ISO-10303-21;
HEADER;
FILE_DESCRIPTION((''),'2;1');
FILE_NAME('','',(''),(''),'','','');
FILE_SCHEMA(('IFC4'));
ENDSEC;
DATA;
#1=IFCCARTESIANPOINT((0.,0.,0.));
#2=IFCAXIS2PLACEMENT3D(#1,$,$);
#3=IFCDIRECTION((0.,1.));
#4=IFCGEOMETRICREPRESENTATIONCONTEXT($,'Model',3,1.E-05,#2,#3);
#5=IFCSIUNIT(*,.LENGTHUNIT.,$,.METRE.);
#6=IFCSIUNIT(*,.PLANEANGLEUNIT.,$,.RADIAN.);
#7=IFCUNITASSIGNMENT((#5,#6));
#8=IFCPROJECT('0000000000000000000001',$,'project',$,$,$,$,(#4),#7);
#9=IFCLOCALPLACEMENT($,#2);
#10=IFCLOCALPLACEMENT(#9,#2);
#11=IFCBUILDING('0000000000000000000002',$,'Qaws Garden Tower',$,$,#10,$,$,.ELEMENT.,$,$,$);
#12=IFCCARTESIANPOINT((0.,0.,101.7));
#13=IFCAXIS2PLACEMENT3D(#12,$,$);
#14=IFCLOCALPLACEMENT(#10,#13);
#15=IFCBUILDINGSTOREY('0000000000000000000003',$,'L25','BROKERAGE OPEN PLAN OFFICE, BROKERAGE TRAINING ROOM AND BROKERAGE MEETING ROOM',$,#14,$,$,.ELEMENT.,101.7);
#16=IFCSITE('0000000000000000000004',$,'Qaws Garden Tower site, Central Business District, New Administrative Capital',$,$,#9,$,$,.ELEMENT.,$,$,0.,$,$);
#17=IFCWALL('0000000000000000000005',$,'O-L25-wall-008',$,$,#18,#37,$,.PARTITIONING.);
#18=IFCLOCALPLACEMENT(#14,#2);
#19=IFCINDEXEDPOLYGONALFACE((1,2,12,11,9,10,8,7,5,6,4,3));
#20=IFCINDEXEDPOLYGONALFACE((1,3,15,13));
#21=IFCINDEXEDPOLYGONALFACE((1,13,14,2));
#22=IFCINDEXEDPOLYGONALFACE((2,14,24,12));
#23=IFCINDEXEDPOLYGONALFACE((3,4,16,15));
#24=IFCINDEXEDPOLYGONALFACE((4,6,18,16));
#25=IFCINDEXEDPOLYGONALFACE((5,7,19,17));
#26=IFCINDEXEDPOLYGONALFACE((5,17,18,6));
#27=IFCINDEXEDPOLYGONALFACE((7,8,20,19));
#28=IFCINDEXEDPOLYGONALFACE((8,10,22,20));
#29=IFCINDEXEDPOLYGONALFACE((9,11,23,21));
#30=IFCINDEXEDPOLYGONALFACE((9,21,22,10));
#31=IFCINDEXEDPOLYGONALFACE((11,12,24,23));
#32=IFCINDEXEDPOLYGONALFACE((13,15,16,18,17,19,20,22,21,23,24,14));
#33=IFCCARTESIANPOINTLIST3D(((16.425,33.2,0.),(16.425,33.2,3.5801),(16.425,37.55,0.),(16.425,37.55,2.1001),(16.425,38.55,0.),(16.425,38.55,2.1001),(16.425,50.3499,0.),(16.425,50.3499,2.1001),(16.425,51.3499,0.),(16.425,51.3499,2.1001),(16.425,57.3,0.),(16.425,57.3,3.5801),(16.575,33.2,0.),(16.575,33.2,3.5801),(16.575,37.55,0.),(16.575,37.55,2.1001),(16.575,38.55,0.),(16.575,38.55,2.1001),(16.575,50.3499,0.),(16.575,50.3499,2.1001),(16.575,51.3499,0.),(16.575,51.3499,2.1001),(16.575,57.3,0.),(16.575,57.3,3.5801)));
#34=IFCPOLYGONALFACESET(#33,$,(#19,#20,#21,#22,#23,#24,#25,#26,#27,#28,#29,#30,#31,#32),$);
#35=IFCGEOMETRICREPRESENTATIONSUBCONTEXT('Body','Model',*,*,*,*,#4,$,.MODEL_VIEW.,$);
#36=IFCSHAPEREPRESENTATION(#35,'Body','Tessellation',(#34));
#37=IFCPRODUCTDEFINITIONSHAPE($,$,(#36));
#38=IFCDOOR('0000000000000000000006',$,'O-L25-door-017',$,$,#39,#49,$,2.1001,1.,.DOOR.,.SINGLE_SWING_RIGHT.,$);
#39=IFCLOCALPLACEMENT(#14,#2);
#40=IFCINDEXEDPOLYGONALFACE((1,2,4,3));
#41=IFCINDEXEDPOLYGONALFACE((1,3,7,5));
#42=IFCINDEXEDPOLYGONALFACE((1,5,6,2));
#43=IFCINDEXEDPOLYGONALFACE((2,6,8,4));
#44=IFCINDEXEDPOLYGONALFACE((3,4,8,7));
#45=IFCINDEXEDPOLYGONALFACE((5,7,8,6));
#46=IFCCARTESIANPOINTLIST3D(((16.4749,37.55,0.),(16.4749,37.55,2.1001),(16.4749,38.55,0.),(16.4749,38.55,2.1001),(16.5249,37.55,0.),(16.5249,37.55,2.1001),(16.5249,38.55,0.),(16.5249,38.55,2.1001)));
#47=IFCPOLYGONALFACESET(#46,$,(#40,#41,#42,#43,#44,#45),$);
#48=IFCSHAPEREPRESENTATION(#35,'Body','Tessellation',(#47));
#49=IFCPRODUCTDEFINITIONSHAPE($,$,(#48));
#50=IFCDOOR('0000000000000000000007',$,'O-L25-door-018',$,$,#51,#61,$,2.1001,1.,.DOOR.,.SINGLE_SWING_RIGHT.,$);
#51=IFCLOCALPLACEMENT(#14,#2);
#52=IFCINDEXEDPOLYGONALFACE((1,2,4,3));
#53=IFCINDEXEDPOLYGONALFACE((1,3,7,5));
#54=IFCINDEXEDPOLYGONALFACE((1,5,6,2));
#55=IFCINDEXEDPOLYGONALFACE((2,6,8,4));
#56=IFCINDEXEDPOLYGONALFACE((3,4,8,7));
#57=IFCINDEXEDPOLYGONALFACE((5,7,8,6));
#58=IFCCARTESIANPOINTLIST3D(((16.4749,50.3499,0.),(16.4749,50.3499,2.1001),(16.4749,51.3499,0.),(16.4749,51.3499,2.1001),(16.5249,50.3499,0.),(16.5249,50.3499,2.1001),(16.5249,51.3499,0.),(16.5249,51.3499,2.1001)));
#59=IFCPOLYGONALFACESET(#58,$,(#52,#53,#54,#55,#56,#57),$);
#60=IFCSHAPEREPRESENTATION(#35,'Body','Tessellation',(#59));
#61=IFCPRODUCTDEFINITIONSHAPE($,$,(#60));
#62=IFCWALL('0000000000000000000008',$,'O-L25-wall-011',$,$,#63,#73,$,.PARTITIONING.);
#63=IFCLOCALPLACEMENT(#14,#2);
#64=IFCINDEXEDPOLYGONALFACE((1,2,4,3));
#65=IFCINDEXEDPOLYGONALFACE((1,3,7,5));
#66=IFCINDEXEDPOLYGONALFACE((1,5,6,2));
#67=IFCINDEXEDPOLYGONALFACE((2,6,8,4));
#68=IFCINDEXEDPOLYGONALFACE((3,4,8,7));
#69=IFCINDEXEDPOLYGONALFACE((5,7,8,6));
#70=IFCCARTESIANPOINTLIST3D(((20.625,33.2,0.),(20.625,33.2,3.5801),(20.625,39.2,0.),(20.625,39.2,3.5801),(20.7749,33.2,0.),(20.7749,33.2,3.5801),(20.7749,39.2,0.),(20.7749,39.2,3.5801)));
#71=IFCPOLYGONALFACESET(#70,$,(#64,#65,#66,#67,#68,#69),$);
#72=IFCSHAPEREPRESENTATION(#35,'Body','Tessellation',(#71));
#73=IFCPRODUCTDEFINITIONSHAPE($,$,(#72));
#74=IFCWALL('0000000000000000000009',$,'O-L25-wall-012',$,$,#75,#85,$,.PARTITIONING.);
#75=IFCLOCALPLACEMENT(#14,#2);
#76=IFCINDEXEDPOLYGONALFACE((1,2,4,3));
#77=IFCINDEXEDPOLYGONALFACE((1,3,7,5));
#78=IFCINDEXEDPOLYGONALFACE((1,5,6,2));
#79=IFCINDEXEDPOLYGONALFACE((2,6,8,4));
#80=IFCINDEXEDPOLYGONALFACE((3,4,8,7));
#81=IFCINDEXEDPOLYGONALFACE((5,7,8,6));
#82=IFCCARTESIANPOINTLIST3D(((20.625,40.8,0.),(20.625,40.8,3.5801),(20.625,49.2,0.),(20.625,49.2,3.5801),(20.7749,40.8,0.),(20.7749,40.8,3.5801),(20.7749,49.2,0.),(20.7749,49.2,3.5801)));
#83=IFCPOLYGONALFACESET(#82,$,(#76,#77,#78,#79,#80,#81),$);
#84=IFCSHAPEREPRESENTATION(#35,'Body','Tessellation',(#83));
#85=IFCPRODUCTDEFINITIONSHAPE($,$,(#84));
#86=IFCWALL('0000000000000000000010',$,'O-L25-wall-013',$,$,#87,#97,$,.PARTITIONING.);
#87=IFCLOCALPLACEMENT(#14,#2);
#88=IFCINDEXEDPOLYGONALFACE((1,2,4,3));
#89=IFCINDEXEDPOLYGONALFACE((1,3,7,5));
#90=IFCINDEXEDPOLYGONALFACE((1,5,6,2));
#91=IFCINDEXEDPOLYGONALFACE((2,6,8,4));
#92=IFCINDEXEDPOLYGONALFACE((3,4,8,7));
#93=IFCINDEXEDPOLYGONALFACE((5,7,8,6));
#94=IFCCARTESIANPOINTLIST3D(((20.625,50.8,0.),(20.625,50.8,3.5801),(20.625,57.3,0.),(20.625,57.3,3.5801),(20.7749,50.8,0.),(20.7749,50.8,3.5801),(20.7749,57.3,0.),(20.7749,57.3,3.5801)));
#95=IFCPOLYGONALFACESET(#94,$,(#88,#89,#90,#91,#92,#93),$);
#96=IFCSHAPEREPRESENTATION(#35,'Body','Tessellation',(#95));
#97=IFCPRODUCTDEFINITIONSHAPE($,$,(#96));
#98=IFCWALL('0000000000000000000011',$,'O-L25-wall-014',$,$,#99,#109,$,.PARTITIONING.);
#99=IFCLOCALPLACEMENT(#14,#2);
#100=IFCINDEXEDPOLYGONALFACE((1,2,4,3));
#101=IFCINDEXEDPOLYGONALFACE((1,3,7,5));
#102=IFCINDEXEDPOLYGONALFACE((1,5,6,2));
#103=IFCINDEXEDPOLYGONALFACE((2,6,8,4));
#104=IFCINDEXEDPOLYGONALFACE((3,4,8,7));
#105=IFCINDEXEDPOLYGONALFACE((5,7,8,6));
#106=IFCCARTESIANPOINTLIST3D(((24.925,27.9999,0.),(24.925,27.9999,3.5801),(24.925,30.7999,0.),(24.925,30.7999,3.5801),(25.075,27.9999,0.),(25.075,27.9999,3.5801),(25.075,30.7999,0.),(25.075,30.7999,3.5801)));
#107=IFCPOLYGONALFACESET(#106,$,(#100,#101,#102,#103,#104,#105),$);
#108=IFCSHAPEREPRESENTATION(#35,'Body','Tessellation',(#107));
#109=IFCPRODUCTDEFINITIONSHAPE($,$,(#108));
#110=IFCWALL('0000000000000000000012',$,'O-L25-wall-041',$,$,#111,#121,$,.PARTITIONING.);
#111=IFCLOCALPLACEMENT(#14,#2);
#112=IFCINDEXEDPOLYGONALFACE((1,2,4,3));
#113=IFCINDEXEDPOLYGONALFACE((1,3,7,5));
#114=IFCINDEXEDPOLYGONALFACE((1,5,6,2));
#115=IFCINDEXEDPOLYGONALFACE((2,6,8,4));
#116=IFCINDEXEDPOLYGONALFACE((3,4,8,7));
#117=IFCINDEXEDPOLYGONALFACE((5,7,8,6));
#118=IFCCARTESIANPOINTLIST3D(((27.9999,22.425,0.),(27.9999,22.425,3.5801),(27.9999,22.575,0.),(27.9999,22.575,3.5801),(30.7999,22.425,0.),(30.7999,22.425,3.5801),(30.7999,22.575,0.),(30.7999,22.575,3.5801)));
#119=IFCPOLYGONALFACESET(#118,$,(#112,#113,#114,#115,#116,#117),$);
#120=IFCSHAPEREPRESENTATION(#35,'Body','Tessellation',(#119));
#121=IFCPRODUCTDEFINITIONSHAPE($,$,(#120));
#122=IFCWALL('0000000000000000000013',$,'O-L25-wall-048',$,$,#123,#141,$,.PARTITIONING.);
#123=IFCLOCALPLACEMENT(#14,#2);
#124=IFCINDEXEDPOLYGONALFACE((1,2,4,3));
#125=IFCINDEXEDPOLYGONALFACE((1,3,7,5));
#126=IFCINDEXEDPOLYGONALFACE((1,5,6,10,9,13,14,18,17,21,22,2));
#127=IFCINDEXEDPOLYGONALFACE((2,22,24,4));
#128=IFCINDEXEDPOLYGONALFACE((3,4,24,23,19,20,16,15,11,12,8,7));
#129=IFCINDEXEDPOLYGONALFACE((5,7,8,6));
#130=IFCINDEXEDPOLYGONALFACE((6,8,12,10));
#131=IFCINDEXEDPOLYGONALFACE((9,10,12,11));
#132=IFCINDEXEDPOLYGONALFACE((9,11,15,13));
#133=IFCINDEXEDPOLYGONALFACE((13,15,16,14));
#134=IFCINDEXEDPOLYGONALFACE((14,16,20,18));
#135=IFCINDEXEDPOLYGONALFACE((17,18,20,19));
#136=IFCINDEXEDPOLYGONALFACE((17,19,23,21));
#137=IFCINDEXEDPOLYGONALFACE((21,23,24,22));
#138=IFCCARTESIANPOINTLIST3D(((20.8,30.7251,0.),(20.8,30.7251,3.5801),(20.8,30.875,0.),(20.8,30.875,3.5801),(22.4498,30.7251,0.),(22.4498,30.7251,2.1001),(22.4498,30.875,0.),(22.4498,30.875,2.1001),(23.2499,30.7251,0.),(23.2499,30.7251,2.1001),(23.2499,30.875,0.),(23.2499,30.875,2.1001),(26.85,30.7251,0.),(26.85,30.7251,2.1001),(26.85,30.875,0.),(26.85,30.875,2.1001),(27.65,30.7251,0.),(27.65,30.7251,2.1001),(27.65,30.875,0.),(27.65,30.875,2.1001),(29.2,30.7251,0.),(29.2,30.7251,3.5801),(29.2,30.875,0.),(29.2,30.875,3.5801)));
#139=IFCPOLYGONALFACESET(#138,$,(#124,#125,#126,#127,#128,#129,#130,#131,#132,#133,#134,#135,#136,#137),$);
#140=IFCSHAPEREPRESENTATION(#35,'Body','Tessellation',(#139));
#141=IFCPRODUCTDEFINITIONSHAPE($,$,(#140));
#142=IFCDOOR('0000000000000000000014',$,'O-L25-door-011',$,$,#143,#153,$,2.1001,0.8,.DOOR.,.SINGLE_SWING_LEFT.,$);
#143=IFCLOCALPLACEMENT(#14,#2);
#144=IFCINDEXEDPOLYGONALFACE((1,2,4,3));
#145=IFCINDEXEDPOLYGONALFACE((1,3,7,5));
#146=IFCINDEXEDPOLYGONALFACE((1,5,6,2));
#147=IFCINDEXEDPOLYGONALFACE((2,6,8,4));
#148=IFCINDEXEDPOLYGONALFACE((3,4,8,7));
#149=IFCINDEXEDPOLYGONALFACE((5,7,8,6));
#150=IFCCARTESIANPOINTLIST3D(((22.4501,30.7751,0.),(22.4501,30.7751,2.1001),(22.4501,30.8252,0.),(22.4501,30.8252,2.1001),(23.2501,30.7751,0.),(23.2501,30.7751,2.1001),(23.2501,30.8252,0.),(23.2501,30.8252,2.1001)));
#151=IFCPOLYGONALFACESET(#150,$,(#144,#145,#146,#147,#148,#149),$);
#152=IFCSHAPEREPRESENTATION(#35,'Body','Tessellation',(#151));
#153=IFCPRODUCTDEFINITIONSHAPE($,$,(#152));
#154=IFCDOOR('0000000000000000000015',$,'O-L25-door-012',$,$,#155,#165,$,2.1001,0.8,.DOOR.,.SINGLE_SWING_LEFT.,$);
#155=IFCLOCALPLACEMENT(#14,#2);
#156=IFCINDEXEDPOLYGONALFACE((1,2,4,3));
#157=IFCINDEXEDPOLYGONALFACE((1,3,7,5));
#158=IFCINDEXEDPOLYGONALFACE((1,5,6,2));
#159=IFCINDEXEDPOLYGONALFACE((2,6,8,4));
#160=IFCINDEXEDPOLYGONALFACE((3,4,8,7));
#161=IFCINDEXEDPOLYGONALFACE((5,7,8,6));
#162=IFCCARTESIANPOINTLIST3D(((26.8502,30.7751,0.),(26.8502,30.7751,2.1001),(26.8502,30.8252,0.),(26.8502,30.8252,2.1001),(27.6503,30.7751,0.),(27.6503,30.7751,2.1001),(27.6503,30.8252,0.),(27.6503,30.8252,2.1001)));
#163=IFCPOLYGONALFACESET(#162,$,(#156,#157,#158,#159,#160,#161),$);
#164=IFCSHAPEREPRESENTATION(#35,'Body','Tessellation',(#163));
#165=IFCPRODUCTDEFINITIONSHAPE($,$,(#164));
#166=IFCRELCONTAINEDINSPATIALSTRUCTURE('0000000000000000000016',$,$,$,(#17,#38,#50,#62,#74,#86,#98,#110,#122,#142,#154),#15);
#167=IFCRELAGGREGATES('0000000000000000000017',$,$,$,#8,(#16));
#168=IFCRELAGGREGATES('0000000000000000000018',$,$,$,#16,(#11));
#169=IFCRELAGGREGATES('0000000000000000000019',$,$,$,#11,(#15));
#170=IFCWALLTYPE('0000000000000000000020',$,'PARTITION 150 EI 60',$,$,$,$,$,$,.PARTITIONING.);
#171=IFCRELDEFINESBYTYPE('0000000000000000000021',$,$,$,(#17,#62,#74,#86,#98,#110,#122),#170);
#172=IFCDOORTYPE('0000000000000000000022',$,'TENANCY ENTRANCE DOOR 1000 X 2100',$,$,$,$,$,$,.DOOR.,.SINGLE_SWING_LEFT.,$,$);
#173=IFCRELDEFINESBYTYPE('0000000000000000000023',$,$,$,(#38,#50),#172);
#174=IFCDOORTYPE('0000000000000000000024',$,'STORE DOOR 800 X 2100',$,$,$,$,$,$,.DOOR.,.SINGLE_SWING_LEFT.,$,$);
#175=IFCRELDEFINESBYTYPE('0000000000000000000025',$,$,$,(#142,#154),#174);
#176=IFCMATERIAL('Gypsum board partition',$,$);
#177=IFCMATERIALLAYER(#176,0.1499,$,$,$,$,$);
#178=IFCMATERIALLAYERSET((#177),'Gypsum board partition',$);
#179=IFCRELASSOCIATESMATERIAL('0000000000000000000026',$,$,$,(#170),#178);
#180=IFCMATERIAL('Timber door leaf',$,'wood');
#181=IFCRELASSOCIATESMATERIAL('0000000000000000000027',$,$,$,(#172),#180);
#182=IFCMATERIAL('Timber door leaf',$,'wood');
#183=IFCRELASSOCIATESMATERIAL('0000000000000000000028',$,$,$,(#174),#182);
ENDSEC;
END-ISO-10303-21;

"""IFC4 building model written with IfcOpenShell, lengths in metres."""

from ifc_helpers import new_model, si_unit, direction, frame, frame_2d, origin, place, context, subcontext, project, spatial, rectangle, extrude, material, layer, layer_set, type_object, element, fill, save


model = new_model("IFC4")

# Units and contexts
model_context = context("Model", 3, precision=1e-05, world=origin(), true_north=direction((0.0, 1.0)))
body_context = subcontext(model_context, "Body", "Model", "MODEL_VIEW")
ifc_project = project(units=[si_unit("LENGTHUNIT", "METRE"), si_unit("PLANEANGLEUNIT", "RADIAN")], contexts=[model_context])

# Site, building, storey
site_placement = place(None, origin())
site = spatial("IfcSite", under=ifc_project, at=site_placement, Name="Qaws Garden Tower site, Central Business District, New Administrative Capital", CompositionType="ELEMENT", RefElevation=0.0)
building_placement = place(site_placement, origin())
building = spatial("IfcBuilding", under=site, at=building_placement, Name="Qaws Garden Tower", CompositionType="ELEMENT")
storey_placement = place(building_placement, frame((0.0, 0.0, 101.7)))
storey = spatial("IfcBuildingStorey", under=building, at=storey_placement, Name="L25", Description="BROKERAGE OPEN PLAN OFFICE, BROKERAGE TRAINING ROOM AND BROKERAGE MEETING ROOM", CompositionType="ELEMENT", Elevation=101.7)

# Wall, openings, doors
ifc_material_1 = material(Name="Gypsum board partition")
ifc_layer_1 = layer(ifc_material_1, 0.1499)
ifc_layer_set_1 = layer_set([ifc_layer_1], Name="Gypsum board partition")
wall_type_1 = type_object("IfcWallType", Name="PARTITION 150 EI 60", PredefinedType="PARTITIONING", material=ifc_layer_set_1)
wall_1_placement = place(storey_placement, frame((16.5, 33.2, 0.0), z_axis=(0.0, 0.0, 1.0), x_axis=(0.0, 1.0, 0.0)))
wall_1 = element("IfcWall", 1, at=wall_1_placement, inside=storey, type_object=wall_type_1, Name="O-L25-wall-008", PredefinedType="PARTITIONING", context=body_context, shape_type="SweptSolid", body=[
    extrude(rectangle(XDim=24.1001, YDim=0.1499, at=frame_2d((12.05, 0.0))), origin(), (0.0, 0.0, 1.0), 3.5801),
])
opening_1_placement = place(wall_1_placement, frame((4.3501, 0.0, 0.0)))
opening_1 = element("IfcOpeningElement", 2, at=opening_1_placement, cuts=wall_1, PredefinedType="OPENING", context=body_context, shape_type="SweptSolid", body=[
    extrude(rectangle(XDim=1.0, YDim=2.1001, at=frame_2d((0.5, 1.05))), frame((0.0, 0.085, 0.0), z_axis=(0.0, -1.0, 0.0), x_axis=(1.0, 0.0, 0.0)), (0.0, 0.0, 1.0), 0.1699),
])
opening_2_placement = place(wall_1_placement, frame((17.1499, 0.0, 0.0)))
opening_2 = element("IfcOpeningElement", 3, at=opening_2_placement, cuts=wall_1, PredefinedType="OPENING", context=body_context, shape_type="SweptSolid", body=[
    extrude(rectangle(XDim=1.0, YDim=2.1001, at=frame_2d((0.5, 1.05))), frame((0.0, 0.085, 0.0), z_axis=(0.0, -1.0, 0.0), x_axis=(1.0, 0.0, 0.0)), (0.0, 0.0, 1.0), 0.1699),
])
ifc_material_2 = material(Name="Timber door leaf", Category="wood")
door_type_1 = type_object("IfcDoorType", Name="TENANCY ENTRANCE DOOR 1000 X 2100", OperationType="SINGLE_SWING_LEFT", PredefinedType="DOOR", material=ifc_material_2)
door_1_placement = place(opening_1_placement, frame((1.0, 0.0, 0.0), z_axis=(0.0, 0.0, 1.0), x_axis=(-1.0, 0.0, 0.0)))
door_1 = element("IfcDoor", 4, at=door_1_placement, inside=storey, type_object=door_type_1, Name="O-L25-door-017", OperationType="SINGLE_SWING_RIGHT", OverallHeight=2.1001, OverallWidth=1.0, PredefinedType="DOOR", context=body_context, shape_type="SweptSolid", body=[
    extrude(rectangle(XDim=1.0, YDim=2.1001, at=frame_2d((0.5, 1.05))), frame((0.0, 0.0249, 0.0), z_axis=(0.0, -1.0, 0.0), x_axis=(1.0, 0.0, 0.0)), (0.0, 0.0, 1.0), 0.05),
])
fill(opening_1, door_1)
door_2_placement = place(opening_2_placement, frame((1.0, 0.0, 0.0), z_axis=(0.0, 0.0, 1.0), x_axis=(-1.0, 0.0, 0.0)))
door_2 = element("IfcDoor", 5, at=door_2_placement, inside=storey, type_object=door_type_1, Name="O-L25-door-018", OperationType="SINGLE_SWING_RIGHT", OverallHeight=2.1001, OverallWidth=1.0, PredefinedType="DOOR", context=body_context, shape_type="SweptSolid", body=[
    extrude(rectangle(XDim=1.0, YDim=2.1001, at=frame_2d((0.5, 1.05))), frame((0.0, 0.0249, 0.0), z_axis=(0.0, -1.0, 0.0), x_axis=(1.0, 0.0, 0.0)), (0.0, 0.0, 1.0), 0.05),
])
fill(opening_2, door_2)

# Walls
wall_2_placement = place(storey_placement, frame((20.7, 33.2, 0.0), z_axis=(0.0, 0.0, 1.0), x_axis=(0.0, 1.0, 0.0)))
element("IfcWall", 6, at=wall_2_placement, inside=storey, type_object=wall_type_1, Name="O-L25-wall-011", PredefinedType="PARTITIONING", context=body_context, shape_type="SweptSolid", body=[
    extrude(rectangle(XDim=6.0, YDim=0.1499, at=frame_2d((3.0, 0.0))), origin(), (0.0, 0.0, 1.0), 3.5801),
])
wall_3_placement = place(storey_placement, frame((20.7, 40.8, 0.0), z_axis=(0.0, 0.0, 1.0), x_axis=(0.0, 1.0, 0.0)))
element("IfcWall", 7, at=wall_3_placement, inside=storey, type_object=wall_type_1, Name="O-L25-wall-012", PredefinedType="PARTITIONING", context=body_context, shape_type="SweptSolid", body=[
    extrude(rectangle(XDim=8.3999, YDim=0.1499, at=frame_2d((4.2, 0.0))), origin(), (0.0, 0.0, 1.0), 3.5801),
])
wall_4_placement = place(storey_placement, frame((20.7, 50.8, 0.0), z_axis=(0.0, 0.0, 1.0), x_axis=(0.0, 1.0, 0.0)))
element("IfcWall", 8, at=wall_4_placement, inside=storey, type_object=wall_type_1, Name="O-L25-wall-013", PredefinedType="PARTITIONING", context=body_context, shape_type="SweptSolid", body=[
    extrude(rectangle(XDim=6.5, YDim=0.1499, at=frame_2d((3.25, 0.0))), origin(), (0.0, 0.0, 1.0), 3.5801),
])
for number, where, z_axis, x_axis, name in (
    (9, (25.0, 28.0, 0.0), (0.0, 0.0, 1.0), (0.0, 1.0, 0.0), "O-L25-wall-014"),
    (10, (28.0, 22.5, 0.0), (0.0, 0.0, 1.0), (1.0, 0.0, 0.0), "O-L25-wall-041"),
):
    element("IfcWall", number, at=place(storey_placement, frame(where, z_axis=z_axis, x_axis=x_axis)), inside=storey, type_object=wall_type_1, Name=name, PredefinedType="PARTITIONING", context=body_context, shape_type="SweptSolid", body=[
        extrude(rectangle(XDim=2.8, YDim=0.1499, at=frame_2d((1.3999, 0.0))), origin(), (0.0, 0.0, 1.0), 3.5801),
    ])

# Wall, openings, doors
wall_5_placement = place(storey_placement, frame((20.8, 30.8, 0.0), z_axis=(0.0, 0.0, 1.0), x_axis=(1.0, 0.0, 0.0)))
wall_5 = element("IfcWall", 11, at=wall_5_placement, inside=storey, type_object=wall_type_1, Name="O-L25-wall-048", PredefinedType="PARTITIONING", context=body_context, shape_type="SweptSolid", body=[
    extrude(rectangle(XDim=8.3999, YDim=0.1499, at=frame_2d((4.2, 0.0))), origin(), (0.0, 0.0, 1.0), 3.5801),
])
opening_3_placement = place(wall_5_placement, frame((1.6499, 0.0, 0.0)))
opening_3 = element("IfcOpeningElement", 12, at=opening_3_placement, cuts=wall_5, PredefinedType="OPENING", context=body_context, shape_type="SweptSolid", body=[
    extrude(rectangle(XDim=0.8, YDim=2.1001, at=frame_2d((0.3999, 1.05))), frame((0.0, 0.085, 0.0), z_axis=(0.0, -1.0, 0.0), x_axis=(1.0, 0.0, 0.0)), (0.0, 0.0, 1.0), 0.1699),
])
opening_4_placement = place(wall_5_placement, frame((6.05, 0.0, 0.0)))
opening_4 = element("IfcOpeningElement", 13, at=opening_4_placement, cuts=wall_5, PredefinedType="OPENING", context=body_context, shape_type="SweptSolid", body=[
    extrude(rectangle(XDim=0.8, YDim=2.1001, at=frame_2d((0.3999, 1.05))), frame((0.0, 0.085, 0.0), z_axis=(0.0, -1.0, 0.0), x_axis=(1.0, 0.0, 0.0)), (0.0, 0.0, 1.0), 0.1699),
])
ifc_material_3 = material(Name="Timber door leaf", Category="wood")
door_type_2 = type_object("IfcDoorType", Name="STORE DOOR 800 X 2100", OperationType="SINGLE_SWING_LEFT", PredefinedType="DOOR", material=ifc_material_3)
door_3_placement = place(opening_3_placement, frame((0.8, 0.0, 0.0), z_axis=(0.0, 0.0, 1.0), x_axis=(-1.0, 0.0, 0.0)))
door_3 = element("IfcDoor", 14, at=door_3_placement, inside=storey, type_object=door_type_2, Name="O-L25-door-011", OperationType="SINGLE_SWING_LEFT", OverallHeight=2.1001, OverallWidth=0.8, PredefinedType="DOOR", context=body_context, shape_type="SweptSolid", body=[
    extrude(rectangle(XDim=0.8, YDim=2.1001, at=frame_2d((0.3999, 1.05))), frame((0.0, 0.0249, 0.0), z_axis=(0.0, -1.0, 0.0), x_axis=(1.0, 0.0, 0.0)), (0.0, 0.0, 1.0), 0.05),
])
fill(opening_3, door_3)
door_4_placement = place(opening_4_placement, frame((0.8, 0.0, 0.0), z_axis=(0.0, 0.0, 1.0), x_axis=(-1.0, 0.0, 0.0)))
door_4 = element("IfcDoor", 15, at=door_4_placement, inside=storey, type_object=door_type_2, Name="O-L25-door-012", OperationType="SINGLE_SWING_LEFT", OverallHeight=2.1001, OverallWidth=0.8, PredefinedType="DOOR", context=body_context, shape_type="SweptSolid", body=[
    extrude(rectangle(XDim=0.8, YDim=2.1001, at=frame_2d((0.3999, 1.05))), frame((0.0, 0.0249, 0.0), z_axis=(0.0, -1.0, 0.0), x_axis=(1.0, 0.0, 0.0)), (0.0, 0.0, 1.0), 0.05),
])
fill(opening_4, door_4)

save(model, "model.ifc")
